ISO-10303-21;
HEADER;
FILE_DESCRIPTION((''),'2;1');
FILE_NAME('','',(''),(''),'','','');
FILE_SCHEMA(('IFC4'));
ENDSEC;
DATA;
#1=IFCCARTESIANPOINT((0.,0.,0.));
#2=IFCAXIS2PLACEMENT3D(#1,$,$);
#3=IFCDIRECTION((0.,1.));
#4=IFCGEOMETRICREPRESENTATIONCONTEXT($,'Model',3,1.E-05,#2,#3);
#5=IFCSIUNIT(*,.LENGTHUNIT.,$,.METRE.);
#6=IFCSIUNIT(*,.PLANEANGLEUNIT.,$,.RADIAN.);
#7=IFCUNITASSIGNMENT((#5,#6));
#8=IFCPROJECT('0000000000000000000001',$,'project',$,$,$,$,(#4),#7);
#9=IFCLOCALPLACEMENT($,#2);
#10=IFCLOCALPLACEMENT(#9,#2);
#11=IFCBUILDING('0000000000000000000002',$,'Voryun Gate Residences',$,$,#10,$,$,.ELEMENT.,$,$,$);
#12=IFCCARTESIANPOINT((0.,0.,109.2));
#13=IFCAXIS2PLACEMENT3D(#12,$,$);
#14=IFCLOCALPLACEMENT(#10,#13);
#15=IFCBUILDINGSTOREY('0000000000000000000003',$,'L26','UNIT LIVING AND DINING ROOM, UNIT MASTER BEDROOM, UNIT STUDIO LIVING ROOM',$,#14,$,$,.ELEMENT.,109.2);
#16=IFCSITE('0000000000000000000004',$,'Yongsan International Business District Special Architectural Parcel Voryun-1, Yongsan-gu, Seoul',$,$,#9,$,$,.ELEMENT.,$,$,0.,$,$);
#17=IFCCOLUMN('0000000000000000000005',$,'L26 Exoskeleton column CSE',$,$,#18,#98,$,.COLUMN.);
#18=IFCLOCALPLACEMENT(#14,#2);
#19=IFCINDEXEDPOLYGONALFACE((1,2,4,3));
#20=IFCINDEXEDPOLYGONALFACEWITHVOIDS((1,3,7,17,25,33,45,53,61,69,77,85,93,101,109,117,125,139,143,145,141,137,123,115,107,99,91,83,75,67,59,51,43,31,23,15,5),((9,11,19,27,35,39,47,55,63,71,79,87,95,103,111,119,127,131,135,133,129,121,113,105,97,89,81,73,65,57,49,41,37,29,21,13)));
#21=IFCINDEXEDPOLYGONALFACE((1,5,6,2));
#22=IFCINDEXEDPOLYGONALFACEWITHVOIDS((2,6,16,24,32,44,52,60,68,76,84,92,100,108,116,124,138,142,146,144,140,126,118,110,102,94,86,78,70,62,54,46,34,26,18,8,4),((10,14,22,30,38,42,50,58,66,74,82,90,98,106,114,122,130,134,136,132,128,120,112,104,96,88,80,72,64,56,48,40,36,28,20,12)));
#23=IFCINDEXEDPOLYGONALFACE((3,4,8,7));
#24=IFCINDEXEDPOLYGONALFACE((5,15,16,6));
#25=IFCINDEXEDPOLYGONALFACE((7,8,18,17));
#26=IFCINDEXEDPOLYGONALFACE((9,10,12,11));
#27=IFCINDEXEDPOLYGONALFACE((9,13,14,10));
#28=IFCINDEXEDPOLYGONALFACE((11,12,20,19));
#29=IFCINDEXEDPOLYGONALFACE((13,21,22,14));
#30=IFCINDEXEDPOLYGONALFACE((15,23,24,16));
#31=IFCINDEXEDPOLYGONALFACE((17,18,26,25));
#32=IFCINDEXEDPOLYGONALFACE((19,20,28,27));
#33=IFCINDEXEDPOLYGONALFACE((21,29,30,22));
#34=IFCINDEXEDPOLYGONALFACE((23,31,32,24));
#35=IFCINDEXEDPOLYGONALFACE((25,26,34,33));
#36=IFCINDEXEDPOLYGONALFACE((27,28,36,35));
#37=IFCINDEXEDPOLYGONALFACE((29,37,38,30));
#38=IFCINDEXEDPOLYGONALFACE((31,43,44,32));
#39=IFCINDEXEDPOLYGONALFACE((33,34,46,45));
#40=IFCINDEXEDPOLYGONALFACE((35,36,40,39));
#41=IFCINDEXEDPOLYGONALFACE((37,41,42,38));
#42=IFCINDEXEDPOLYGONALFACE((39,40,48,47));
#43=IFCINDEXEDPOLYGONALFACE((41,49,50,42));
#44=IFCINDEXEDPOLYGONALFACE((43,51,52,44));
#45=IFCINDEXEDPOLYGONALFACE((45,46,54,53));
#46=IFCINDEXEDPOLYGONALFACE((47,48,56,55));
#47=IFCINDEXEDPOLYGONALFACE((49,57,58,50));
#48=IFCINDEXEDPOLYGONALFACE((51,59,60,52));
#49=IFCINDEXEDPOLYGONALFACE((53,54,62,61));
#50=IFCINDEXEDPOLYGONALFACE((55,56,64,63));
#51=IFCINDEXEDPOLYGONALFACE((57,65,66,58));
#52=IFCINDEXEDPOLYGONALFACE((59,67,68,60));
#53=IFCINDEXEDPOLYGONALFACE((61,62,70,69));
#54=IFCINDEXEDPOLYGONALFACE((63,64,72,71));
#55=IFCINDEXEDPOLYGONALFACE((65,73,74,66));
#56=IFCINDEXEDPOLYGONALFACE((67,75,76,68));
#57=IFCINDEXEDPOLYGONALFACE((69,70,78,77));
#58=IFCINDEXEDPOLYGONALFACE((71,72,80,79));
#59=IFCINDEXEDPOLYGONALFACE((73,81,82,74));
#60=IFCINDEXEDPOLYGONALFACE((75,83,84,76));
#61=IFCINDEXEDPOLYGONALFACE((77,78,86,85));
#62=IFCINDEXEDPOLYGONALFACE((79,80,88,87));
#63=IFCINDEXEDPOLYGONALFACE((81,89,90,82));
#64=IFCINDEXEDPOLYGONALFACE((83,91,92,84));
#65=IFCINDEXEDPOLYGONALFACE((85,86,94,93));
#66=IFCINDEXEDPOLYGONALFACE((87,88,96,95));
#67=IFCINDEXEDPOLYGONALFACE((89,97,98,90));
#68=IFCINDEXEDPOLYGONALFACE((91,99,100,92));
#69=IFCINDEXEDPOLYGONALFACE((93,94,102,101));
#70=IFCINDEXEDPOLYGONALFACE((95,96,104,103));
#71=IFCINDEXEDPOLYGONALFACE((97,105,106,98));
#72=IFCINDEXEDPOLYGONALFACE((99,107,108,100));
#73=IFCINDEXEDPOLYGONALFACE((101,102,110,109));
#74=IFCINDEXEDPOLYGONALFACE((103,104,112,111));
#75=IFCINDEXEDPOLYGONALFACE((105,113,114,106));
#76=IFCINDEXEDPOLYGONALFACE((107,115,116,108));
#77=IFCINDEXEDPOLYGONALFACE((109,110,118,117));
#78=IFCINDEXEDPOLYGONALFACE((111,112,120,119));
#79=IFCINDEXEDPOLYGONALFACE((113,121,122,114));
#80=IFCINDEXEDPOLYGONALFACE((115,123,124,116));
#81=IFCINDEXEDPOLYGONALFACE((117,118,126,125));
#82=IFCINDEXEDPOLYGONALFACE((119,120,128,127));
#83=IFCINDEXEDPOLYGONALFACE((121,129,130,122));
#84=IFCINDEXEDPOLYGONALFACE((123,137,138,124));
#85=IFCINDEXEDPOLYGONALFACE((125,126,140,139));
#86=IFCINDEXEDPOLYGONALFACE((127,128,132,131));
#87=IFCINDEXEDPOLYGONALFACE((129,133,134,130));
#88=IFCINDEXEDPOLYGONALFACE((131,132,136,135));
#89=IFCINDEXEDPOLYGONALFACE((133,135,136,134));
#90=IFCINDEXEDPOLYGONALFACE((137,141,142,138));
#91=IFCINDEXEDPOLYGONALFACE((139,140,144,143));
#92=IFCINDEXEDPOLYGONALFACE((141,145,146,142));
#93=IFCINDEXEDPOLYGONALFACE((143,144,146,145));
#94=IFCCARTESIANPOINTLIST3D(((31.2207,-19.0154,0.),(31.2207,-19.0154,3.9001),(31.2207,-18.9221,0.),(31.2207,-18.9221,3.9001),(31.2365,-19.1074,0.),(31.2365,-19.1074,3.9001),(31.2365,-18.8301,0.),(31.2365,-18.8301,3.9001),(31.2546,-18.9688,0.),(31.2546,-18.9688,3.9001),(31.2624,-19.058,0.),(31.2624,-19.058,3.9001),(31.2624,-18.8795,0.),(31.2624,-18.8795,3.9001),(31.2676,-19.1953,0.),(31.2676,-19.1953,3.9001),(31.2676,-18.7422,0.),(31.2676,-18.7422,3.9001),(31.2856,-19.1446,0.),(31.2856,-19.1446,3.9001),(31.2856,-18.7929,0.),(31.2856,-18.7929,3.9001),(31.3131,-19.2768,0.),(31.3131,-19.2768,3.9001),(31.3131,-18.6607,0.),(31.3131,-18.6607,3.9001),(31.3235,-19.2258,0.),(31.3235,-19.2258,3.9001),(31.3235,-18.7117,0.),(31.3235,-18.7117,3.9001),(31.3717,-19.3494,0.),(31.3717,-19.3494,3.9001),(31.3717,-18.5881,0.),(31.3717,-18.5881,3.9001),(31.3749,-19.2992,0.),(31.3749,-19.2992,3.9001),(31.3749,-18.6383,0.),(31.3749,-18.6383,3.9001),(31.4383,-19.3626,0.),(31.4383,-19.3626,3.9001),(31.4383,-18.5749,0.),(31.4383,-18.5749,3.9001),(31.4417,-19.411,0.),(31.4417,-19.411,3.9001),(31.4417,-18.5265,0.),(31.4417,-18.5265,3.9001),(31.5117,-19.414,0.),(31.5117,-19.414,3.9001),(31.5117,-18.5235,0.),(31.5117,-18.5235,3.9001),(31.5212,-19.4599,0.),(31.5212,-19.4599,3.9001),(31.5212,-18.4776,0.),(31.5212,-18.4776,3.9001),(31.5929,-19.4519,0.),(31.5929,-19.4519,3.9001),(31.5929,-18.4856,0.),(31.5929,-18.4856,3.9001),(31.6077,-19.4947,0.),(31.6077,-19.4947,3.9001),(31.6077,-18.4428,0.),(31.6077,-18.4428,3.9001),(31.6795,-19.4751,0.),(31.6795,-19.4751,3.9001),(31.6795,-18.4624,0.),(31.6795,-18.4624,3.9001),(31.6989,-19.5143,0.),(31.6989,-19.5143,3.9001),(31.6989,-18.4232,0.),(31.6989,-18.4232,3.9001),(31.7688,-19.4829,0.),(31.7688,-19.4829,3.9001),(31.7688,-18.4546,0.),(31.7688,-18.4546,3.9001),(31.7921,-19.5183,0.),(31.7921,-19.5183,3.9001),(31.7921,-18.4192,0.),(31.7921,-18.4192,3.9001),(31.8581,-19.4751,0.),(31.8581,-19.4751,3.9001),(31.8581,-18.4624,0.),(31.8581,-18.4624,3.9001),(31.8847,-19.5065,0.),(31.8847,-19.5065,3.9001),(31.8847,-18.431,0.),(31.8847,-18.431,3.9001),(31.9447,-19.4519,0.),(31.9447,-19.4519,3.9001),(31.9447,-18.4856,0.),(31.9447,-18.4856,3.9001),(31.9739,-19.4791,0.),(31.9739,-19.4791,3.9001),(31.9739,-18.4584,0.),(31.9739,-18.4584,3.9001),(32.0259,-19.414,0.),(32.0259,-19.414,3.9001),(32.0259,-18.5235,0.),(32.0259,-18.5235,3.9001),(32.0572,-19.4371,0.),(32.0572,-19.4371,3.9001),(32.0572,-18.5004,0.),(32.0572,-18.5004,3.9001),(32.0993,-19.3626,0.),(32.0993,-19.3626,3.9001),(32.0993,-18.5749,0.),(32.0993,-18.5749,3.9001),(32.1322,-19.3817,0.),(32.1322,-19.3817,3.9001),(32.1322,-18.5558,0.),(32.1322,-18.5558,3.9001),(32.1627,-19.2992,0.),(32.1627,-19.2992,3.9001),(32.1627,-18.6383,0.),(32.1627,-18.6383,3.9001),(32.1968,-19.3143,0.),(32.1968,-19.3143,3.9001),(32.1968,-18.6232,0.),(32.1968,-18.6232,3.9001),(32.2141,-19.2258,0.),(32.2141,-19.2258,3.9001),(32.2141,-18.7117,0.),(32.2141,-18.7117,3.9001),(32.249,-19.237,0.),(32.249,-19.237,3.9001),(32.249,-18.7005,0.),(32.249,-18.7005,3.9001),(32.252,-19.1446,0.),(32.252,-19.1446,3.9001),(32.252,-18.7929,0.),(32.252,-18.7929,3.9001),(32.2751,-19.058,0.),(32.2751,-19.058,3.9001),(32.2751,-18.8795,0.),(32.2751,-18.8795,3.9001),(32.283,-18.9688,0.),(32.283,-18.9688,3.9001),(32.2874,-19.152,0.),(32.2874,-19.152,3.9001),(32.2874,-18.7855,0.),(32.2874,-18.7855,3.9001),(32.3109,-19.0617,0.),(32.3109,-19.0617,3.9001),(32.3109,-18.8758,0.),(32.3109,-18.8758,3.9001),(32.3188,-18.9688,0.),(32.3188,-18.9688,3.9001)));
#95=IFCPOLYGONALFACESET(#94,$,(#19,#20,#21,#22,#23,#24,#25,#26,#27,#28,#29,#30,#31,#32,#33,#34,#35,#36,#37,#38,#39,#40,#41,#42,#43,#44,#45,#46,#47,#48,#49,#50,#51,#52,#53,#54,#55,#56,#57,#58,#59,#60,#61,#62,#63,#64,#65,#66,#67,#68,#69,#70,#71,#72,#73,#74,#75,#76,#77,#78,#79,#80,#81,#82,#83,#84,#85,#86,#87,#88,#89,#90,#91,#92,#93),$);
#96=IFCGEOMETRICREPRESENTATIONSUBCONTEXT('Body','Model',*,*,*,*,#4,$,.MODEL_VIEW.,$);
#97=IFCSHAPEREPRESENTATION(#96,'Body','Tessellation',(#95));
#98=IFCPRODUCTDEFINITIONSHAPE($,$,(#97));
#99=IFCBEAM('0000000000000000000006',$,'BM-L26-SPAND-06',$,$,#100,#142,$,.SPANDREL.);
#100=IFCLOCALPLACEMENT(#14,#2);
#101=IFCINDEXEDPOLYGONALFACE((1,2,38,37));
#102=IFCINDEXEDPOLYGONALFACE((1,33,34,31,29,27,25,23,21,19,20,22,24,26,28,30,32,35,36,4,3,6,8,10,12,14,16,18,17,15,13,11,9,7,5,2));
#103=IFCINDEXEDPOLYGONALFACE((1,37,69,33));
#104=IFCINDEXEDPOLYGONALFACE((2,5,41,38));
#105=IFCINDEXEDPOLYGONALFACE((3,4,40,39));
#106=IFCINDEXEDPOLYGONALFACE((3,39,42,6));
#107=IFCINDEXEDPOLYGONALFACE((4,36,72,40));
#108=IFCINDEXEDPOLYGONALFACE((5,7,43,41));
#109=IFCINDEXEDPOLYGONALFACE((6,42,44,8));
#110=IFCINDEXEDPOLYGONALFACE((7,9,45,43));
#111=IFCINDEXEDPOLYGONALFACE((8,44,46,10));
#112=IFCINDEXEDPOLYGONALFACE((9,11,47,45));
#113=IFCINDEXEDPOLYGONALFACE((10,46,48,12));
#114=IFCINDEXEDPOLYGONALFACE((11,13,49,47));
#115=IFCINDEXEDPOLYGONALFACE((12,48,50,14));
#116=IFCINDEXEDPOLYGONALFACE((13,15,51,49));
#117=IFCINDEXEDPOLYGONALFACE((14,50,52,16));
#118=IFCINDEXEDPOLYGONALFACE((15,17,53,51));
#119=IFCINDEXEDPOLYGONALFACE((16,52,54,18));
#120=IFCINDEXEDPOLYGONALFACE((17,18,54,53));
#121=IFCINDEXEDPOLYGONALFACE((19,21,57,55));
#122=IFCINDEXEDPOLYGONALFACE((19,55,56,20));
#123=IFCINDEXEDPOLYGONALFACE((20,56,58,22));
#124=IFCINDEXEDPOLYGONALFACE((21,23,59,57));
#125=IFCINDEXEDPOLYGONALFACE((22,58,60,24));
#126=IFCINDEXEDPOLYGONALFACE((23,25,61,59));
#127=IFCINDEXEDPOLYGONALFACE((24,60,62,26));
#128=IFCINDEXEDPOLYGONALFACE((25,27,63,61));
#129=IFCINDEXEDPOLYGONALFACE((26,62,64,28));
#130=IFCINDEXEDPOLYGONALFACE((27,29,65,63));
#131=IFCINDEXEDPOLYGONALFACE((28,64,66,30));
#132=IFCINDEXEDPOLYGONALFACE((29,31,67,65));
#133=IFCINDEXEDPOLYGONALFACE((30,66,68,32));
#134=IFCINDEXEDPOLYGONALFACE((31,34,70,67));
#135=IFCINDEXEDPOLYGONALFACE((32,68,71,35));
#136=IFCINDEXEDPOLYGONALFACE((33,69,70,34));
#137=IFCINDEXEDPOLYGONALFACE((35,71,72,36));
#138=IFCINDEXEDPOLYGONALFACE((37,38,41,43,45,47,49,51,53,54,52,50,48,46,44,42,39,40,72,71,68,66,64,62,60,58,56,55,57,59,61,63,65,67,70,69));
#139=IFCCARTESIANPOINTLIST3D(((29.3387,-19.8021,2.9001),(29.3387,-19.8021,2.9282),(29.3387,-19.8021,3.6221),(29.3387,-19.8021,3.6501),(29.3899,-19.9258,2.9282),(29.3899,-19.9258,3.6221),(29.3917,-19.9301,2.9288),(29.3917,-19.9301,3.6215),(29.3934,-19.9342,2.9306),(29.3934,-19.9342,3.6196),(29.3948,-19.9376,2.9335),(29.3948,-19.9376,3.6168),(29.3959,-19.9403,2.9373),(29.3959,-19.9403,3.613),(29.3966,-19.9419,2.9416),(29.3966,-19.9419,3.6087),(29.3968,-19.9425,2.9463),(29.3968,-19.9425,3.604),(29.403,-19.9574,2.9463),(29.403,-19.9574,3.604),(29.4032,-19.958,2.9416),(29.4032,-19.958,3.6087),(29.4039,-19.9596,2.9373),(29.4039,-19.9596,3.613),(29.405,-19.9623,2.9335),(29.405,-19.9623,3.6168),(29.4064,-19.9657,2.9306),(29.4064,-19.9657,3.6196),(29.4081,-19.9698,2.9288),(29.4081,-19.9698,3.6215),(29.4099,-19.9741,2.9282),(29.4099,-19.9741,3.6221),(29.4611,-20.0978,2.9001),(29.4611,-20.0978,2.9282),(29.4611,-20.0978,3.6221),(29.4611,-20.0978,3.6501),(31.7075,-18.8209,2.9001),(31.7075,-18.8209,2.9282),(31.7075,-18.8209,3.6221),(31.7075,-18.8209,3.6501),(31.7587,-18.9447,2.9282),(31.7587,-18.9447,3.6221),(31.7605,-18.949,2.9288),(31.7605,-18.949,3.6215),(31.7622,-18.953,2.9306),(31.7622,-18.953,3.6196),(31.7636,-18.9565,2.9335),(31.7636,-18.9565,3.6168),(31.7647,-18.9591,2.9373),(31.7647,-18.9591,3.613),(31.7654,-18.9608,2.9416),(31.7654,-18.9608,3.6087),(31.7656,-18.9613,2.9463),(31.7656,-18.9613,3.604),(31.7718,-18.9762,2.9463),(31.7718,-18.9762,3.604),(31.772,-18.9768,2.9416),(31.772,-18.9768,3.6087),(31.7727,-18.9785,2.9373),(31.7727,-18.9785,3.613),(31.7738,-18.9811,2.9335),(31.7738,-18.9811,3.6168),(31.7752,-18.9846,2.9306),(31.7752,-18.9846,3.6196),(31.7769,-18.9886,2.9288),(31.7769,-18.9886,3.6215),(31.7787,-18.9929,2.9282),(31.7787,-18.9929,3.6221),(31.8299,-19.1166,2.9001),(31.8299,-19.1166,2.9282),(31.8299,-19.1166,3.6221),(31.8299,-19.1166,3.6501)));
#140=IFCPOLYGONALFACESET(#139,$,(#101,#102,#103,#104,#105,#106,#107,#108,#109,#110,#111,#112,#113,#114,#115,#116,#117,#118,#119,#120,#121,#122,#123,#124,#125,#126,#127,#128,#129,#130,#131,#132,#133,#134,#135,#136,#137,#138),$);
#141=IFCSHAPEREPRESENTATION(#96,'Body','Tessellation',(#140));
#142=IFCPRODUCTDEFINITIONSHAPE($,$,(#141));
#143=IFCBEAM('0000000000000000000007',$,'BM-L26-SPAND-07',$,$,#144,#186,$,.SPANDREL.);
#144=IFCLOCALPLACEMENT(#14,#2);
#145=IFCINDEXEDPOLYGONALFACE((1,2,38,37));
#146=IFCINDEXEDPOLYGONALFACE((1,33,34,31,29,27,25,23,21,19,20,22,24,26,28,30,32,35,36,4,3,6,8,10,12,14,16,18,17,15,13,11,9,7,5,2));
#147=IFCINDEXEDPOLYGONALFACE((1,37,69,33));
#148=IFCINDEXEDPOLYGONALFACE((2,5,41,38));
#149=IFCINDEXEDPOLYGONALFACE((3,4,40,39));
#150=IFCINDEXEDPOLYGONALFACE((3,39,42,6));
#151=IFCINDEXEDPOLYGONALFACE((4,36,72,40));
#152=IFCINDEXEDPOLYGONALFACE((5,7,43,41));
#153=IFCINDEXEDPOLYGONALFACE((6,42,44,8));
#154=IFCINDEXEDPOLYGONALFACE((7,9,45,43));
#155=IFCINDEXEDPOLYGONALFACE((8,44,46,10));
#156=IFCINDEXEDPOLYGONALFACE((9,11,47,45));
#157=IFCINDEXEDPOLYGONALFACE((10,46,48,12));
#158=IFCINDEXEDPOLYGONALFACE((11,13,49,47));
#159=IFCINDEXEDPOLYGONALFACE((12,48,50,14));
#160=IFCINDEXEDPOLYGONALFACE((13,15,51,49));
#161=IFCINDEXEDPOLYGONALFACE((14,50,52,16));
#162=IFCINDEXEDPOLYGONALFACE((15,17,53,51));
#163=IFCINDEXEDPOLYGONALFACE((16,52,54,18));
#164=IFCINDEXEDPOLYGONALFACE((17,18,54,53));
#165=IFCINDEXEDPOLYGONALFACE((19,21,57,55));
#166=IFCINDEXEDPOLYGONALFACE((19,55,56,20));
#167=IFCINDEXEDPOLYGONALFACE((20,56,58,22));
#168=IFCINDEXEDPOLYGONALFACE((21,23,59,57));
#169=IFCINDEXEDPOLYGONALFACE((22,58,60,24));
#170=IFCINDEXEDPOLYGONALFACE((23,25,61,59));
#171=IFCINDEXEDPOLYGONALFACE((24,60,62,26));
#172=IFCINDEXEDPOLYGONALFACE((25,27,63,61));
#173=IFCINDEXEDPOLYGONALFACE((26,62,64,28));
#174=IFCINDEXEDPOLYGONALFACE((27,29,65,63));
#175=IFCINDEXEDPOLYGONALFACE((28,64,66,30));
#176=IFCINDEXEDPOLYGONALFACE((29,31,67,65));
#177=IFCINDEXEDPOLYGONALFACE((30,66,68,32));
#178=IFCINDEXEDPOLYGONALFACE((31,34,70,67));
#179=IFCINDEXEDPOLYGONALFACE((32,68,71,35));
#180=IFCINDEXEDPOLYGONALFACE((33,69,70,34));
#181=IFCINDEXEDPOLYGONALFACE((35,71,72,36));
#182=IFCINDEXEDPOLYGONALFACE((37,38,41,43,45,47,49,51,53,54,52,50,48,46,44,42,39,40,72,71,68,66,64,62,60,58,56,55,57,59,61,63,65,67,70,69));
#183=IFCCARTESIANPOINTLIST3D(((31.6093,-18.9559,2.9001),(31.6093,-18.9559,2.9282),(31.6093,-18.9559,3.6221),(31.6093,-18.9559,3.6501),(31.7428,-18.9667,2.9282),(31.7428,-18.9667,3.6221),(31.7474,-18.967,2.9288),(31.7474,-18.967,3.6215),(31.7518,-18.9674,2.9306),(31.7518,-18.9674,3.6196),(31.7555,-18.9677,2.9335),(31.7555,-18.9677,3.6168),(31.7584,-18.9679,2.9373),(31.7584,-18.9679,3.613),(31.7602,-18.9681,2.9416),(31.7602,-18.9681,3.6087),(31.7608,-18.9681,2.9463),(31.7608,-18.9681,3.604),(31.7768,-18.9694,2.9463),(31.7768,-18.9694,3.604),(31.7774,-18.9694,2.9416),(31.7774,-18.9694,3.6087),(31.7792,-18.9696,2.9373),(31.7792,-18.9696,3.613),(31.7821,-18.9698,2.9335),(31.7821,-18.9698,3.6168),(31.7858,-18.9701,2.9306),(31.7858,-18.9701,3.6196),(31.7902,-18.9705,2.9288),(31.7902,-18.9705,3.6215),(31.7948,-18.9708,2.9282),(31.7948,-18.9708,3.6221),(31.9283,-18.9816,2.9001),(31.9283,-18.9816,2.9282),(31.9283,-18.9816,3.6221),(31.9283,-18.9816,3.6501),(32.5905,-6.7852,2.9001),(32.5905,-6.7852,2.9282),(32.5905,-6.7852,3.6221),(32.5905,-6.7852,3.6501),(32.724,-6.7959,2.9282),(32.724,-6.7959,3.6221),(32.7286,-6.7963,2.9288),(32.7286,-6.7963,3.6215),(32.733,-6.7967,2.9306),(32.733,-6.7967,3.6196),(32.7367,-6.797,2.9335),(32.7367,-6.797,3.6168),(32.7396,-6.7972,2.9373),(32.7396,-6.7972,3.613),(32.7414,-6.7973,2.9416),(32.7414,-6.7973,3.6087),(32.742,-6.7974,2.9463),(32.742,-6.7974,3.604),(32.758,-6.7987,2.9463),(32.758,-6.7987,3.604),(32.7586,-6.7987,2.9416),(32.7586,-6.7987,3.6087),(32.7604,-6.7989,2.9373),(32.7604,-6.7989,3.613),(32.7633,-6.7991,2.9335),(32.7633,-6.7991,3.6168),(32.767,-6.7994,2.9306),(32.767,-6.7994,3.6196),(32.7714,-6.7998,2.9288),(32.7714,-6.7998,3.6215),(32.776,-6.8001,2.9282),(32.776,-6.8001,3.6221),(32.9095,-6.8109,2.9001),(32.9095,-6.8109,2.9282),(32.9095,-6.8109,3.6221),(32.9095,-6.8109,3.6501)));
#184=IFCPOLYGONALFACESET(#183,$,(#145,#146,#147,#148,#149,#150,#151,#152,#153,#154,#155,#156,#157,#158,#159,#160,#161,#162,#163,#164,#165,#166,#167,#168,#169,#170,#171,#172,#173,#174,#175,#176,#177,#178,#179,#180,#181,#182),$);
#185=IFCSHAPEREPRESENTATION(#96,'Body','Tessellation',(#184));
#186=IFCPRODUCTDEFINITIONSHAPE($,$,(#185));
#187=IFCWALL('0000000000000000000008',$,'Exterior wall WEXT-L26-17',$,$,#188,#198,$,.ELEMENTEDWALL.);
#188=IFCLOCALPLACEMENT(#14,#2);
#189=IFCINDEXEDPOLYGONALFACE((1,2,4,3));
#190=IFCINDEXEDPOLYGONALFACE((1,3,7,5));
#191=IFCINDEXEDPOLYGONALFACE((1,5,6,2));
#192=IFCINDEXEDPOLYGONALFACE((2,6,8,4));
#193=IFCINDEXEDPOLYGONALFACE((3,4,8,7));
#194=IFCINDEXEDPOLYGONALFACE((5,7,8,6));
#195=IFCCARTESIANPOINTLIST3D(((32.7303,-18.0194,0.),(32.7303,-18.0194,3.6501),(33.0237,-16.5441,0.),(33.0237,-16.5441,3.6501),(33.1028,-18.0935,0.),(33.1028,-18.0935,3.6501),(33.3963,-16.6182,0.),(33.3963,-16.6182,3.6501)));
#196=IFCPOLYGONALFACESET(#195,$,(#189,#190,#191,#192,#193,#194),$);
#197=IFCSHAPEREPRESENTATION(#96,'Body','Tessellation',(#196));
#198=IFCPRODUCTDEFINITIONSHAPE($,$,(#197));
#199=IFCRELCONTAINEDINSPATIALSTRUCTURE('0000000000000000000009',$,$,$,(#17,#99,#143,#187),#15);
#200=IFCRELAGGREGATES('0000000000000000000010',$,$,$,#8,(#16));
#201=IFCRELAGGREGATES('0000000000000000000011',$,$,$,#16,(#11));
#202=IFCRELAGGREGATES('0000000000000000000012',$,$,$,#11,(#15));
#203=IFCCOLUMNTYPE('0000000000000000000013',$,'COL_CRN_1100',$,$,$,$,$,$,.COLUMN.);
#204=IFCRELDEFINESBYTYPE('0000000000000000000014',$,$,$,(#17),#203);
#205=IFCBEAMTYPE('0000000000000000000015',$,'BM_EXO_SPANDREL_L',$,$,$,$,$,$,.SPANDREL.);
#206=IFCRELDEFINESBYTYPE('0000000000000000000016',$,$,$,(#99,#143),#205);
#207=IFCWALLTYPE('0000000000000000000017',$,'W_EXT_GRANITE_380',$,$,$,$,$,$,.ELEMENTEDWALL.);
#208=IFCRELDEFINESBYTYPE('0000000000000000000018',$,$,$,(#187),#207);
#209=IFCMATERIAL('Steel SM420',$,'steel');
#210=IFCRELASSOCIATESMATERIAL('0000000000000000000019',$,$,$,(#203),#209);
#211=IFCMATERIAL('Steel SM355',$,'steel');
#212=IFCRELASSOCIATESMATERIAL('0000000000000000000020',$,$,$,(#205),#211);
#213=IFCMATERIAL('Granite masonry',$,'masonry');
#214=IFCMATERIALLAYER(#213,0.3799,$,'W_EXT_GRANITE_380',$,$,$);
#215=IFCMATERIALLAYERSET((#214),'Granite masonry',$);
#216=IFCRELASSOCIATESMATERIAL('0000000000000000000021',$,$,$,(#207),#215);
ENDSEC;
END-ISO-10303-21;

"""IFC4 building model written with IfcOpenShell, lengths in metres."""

from ifc_helpers import new_model, si_unit, direction, frame, frame_2d, origin, origin_2d, place, context, subcontext, project, spatial, rectangle, hollow_circle, i_section, extrude, material, layer, layer_set, material_profile, profile_set, type_object, element, save


model = new_model("IFC4")

# Units and contexts
model_context = context("Model", 3, precision=1e-05, world=origin(), true_north=direction((0.0, 1.0)))
body_context = subcontext(model_context, "Body", "Model", "MODEL_VIEW")
ifc_project = project(units=[si_unit("LENGTHUNIT", "METRE"), si_unit("PLANEANGLEUNIT", "RADIAN")], contexts=[model_context])

# Site, building, storey
site_placement = place(None, origin())
site = spatial("IfcSite", under=ifc_project, at=site_placement, Name="Yongsan International Business District Special Architectural Parcel Voryun-1, Yongsan-gu, Seoul", CompositionType="ELEMENT", RefElevation=0.0)
building_placement = place(site_placement, origin())
building = spatial("IfcBuilding", under=site, at=building_placement, Name="Voryun Gate Residences", CompositionType="ELEMENT")
storey_placement = place(building_placement, frame((0.0, 0.0, 109.2)))
storey = spatial("IfcBuildingStorey", under=building, at=storey_placement, Name="L26", Description="UNIT LIVING AND DINING ROOM, UNIT MASTER BEDROOM, UNIT STUDIO LIVING ROOM", CompositionType="ELEMENT", Elevation=109.2)

# Column
ifc_material_1 = material(Name="Steel SM420", Category="steel")
ifc_material_profile_1 = material_profile(ifc_material_1, hollow_circle(Radius=0.55, WallThickness=0.0359, at=origin_2d()), Name="CHS-1100x36")
ifc_profile_set_1 = profile_set([ifc_material_profile_1], Name="Steel SM420")
column_type = type_object("IfcColumnType", Name="COL_CRN_1100", PredefinedType="COLUMN", material=ifc_profile_set_1)
column_placement = place(storey_placement, frame((31.7688, -18.9688, 0.0), z_axis=(0.0, 0.0, 1.0), x_axis=(1.0, 0.0, 0.0)))
element("IfcColumn", 1, at=column_placement, inside=storey, type_object=column_type, Name="L26 Exoskeleton column CSE", PredefinedType="COLUMN", context=body_context, shape_type="SweptSolid", body=[
    extrude(hollow_circle(Radius=0.55, WallThickness=0.0359, at=origin_2d()), origin(), (0.0, 0.0, 1.0), 3.9001),
])

# Beams
ifc_material_2 = material(Name="Steel SM355", Category="steel")
ifc_material_profile_2 = material_profile(ifc_material_2, i_section(OverallWidth=0.3201, OverallDepth=0.75, WebThickness=0.0161, FlangeThickness=0.0281, FilletRadius=0.0181, at=origin_2d()), Name="H-750x320x16x28")
ifc_profile_set_2 = profile_set([ifc_material_profile_2], Name="Steel SM355")
beam_type = type_object("IfcBeamType", Name="BM_EXO_SPANDREL_L", PredefinedType="SPANDREL", material=ifc_profile_set_2)
beam_1_placement = place(storey_placement, frame((29.3999, -19.95, 3.2751), z_axis=(0.923883, 0.382674, 0.0), x_axis=(-0.382674, 0.923883, 0.0)))
element("IfcBeam", 2, at=beam_1_placement, inside=storey, type_object=beam_type, Name="BM-L26-SPAND-06", PredefinedType="SPANDREL", context=body_context, shape_type="SweptSolid", body=[
    extrude(i_section(OverallWidth=0.3201, OverallDepth=0.75, WebThickness=0.0161, FlangeThickness=0.0281, FilletRadius=0.0181, at=origin_2d()), origin(), (0.0, 0.0, 1.0), 2.564),
])
beam_2_placement = place(storey_placement, frame((31.7688, -18.9688, 3.2751), z_axis=(0.08036, 0.996766, 0.0), x_axis=(-0.996766, 0.08036, 0.0)))
element("IfcBeam", 3, at=beam_2_placement, inside=storey, type_object=beam_type, Name="BM-L26-SPAND-07", PredefinedType="SPANDREL", context=body_context, shape_type="SweptSolid", body=[
    extrude(i_section(OverallWidth=0.3201, OverallDepth=0.75, WebThickness=0.0161, FlangeThickness=0.0281, FilletRadius=0.0181, at=origin_2d()), origin(), (0.0, 0.0, 1.0), 12.2102),
])

# Wall
ifc_material_3 = material(Name="Granite masonry", Category="masonry")
ifc_layer_1 = layer(ifc_material_3, 0.3799, Name="W_EXT_GRANITE_380")
ifc_layer_set_1 = layer_set([ifc_layer_1], Name="Granite masonry")
wall_type_1 = type_object("IfcWallType", Name="W_EXT_GRANITE_380", PredefinedType="ELEMENTEDWALL", material=ifc_layer_set_1)
wall_1_placement = place(storey_placement, frame((33.21, -16.5813, 0.0), z_axis=(0.0, 0.0, 1.0), x_axis=(-0.195086, -0.980786, 0.0)))
element("IfcWall", 4, at=wall_1_placement, inside=storey, type_object=wall_type_1, Name="Exterior wall WEXT-L26-17", PredefinedType="ELEMENTEDWALL", context=body_context, shape_type="SweptSolid", body=[
    extrude(rectangle(XDim=1.5042, YDim=0.3799, at=frame_2d((0.752, 0.0))), origin(), (0.0, 0.0, 1.0), 3.6501),
])

save(model, "model.ifc")
